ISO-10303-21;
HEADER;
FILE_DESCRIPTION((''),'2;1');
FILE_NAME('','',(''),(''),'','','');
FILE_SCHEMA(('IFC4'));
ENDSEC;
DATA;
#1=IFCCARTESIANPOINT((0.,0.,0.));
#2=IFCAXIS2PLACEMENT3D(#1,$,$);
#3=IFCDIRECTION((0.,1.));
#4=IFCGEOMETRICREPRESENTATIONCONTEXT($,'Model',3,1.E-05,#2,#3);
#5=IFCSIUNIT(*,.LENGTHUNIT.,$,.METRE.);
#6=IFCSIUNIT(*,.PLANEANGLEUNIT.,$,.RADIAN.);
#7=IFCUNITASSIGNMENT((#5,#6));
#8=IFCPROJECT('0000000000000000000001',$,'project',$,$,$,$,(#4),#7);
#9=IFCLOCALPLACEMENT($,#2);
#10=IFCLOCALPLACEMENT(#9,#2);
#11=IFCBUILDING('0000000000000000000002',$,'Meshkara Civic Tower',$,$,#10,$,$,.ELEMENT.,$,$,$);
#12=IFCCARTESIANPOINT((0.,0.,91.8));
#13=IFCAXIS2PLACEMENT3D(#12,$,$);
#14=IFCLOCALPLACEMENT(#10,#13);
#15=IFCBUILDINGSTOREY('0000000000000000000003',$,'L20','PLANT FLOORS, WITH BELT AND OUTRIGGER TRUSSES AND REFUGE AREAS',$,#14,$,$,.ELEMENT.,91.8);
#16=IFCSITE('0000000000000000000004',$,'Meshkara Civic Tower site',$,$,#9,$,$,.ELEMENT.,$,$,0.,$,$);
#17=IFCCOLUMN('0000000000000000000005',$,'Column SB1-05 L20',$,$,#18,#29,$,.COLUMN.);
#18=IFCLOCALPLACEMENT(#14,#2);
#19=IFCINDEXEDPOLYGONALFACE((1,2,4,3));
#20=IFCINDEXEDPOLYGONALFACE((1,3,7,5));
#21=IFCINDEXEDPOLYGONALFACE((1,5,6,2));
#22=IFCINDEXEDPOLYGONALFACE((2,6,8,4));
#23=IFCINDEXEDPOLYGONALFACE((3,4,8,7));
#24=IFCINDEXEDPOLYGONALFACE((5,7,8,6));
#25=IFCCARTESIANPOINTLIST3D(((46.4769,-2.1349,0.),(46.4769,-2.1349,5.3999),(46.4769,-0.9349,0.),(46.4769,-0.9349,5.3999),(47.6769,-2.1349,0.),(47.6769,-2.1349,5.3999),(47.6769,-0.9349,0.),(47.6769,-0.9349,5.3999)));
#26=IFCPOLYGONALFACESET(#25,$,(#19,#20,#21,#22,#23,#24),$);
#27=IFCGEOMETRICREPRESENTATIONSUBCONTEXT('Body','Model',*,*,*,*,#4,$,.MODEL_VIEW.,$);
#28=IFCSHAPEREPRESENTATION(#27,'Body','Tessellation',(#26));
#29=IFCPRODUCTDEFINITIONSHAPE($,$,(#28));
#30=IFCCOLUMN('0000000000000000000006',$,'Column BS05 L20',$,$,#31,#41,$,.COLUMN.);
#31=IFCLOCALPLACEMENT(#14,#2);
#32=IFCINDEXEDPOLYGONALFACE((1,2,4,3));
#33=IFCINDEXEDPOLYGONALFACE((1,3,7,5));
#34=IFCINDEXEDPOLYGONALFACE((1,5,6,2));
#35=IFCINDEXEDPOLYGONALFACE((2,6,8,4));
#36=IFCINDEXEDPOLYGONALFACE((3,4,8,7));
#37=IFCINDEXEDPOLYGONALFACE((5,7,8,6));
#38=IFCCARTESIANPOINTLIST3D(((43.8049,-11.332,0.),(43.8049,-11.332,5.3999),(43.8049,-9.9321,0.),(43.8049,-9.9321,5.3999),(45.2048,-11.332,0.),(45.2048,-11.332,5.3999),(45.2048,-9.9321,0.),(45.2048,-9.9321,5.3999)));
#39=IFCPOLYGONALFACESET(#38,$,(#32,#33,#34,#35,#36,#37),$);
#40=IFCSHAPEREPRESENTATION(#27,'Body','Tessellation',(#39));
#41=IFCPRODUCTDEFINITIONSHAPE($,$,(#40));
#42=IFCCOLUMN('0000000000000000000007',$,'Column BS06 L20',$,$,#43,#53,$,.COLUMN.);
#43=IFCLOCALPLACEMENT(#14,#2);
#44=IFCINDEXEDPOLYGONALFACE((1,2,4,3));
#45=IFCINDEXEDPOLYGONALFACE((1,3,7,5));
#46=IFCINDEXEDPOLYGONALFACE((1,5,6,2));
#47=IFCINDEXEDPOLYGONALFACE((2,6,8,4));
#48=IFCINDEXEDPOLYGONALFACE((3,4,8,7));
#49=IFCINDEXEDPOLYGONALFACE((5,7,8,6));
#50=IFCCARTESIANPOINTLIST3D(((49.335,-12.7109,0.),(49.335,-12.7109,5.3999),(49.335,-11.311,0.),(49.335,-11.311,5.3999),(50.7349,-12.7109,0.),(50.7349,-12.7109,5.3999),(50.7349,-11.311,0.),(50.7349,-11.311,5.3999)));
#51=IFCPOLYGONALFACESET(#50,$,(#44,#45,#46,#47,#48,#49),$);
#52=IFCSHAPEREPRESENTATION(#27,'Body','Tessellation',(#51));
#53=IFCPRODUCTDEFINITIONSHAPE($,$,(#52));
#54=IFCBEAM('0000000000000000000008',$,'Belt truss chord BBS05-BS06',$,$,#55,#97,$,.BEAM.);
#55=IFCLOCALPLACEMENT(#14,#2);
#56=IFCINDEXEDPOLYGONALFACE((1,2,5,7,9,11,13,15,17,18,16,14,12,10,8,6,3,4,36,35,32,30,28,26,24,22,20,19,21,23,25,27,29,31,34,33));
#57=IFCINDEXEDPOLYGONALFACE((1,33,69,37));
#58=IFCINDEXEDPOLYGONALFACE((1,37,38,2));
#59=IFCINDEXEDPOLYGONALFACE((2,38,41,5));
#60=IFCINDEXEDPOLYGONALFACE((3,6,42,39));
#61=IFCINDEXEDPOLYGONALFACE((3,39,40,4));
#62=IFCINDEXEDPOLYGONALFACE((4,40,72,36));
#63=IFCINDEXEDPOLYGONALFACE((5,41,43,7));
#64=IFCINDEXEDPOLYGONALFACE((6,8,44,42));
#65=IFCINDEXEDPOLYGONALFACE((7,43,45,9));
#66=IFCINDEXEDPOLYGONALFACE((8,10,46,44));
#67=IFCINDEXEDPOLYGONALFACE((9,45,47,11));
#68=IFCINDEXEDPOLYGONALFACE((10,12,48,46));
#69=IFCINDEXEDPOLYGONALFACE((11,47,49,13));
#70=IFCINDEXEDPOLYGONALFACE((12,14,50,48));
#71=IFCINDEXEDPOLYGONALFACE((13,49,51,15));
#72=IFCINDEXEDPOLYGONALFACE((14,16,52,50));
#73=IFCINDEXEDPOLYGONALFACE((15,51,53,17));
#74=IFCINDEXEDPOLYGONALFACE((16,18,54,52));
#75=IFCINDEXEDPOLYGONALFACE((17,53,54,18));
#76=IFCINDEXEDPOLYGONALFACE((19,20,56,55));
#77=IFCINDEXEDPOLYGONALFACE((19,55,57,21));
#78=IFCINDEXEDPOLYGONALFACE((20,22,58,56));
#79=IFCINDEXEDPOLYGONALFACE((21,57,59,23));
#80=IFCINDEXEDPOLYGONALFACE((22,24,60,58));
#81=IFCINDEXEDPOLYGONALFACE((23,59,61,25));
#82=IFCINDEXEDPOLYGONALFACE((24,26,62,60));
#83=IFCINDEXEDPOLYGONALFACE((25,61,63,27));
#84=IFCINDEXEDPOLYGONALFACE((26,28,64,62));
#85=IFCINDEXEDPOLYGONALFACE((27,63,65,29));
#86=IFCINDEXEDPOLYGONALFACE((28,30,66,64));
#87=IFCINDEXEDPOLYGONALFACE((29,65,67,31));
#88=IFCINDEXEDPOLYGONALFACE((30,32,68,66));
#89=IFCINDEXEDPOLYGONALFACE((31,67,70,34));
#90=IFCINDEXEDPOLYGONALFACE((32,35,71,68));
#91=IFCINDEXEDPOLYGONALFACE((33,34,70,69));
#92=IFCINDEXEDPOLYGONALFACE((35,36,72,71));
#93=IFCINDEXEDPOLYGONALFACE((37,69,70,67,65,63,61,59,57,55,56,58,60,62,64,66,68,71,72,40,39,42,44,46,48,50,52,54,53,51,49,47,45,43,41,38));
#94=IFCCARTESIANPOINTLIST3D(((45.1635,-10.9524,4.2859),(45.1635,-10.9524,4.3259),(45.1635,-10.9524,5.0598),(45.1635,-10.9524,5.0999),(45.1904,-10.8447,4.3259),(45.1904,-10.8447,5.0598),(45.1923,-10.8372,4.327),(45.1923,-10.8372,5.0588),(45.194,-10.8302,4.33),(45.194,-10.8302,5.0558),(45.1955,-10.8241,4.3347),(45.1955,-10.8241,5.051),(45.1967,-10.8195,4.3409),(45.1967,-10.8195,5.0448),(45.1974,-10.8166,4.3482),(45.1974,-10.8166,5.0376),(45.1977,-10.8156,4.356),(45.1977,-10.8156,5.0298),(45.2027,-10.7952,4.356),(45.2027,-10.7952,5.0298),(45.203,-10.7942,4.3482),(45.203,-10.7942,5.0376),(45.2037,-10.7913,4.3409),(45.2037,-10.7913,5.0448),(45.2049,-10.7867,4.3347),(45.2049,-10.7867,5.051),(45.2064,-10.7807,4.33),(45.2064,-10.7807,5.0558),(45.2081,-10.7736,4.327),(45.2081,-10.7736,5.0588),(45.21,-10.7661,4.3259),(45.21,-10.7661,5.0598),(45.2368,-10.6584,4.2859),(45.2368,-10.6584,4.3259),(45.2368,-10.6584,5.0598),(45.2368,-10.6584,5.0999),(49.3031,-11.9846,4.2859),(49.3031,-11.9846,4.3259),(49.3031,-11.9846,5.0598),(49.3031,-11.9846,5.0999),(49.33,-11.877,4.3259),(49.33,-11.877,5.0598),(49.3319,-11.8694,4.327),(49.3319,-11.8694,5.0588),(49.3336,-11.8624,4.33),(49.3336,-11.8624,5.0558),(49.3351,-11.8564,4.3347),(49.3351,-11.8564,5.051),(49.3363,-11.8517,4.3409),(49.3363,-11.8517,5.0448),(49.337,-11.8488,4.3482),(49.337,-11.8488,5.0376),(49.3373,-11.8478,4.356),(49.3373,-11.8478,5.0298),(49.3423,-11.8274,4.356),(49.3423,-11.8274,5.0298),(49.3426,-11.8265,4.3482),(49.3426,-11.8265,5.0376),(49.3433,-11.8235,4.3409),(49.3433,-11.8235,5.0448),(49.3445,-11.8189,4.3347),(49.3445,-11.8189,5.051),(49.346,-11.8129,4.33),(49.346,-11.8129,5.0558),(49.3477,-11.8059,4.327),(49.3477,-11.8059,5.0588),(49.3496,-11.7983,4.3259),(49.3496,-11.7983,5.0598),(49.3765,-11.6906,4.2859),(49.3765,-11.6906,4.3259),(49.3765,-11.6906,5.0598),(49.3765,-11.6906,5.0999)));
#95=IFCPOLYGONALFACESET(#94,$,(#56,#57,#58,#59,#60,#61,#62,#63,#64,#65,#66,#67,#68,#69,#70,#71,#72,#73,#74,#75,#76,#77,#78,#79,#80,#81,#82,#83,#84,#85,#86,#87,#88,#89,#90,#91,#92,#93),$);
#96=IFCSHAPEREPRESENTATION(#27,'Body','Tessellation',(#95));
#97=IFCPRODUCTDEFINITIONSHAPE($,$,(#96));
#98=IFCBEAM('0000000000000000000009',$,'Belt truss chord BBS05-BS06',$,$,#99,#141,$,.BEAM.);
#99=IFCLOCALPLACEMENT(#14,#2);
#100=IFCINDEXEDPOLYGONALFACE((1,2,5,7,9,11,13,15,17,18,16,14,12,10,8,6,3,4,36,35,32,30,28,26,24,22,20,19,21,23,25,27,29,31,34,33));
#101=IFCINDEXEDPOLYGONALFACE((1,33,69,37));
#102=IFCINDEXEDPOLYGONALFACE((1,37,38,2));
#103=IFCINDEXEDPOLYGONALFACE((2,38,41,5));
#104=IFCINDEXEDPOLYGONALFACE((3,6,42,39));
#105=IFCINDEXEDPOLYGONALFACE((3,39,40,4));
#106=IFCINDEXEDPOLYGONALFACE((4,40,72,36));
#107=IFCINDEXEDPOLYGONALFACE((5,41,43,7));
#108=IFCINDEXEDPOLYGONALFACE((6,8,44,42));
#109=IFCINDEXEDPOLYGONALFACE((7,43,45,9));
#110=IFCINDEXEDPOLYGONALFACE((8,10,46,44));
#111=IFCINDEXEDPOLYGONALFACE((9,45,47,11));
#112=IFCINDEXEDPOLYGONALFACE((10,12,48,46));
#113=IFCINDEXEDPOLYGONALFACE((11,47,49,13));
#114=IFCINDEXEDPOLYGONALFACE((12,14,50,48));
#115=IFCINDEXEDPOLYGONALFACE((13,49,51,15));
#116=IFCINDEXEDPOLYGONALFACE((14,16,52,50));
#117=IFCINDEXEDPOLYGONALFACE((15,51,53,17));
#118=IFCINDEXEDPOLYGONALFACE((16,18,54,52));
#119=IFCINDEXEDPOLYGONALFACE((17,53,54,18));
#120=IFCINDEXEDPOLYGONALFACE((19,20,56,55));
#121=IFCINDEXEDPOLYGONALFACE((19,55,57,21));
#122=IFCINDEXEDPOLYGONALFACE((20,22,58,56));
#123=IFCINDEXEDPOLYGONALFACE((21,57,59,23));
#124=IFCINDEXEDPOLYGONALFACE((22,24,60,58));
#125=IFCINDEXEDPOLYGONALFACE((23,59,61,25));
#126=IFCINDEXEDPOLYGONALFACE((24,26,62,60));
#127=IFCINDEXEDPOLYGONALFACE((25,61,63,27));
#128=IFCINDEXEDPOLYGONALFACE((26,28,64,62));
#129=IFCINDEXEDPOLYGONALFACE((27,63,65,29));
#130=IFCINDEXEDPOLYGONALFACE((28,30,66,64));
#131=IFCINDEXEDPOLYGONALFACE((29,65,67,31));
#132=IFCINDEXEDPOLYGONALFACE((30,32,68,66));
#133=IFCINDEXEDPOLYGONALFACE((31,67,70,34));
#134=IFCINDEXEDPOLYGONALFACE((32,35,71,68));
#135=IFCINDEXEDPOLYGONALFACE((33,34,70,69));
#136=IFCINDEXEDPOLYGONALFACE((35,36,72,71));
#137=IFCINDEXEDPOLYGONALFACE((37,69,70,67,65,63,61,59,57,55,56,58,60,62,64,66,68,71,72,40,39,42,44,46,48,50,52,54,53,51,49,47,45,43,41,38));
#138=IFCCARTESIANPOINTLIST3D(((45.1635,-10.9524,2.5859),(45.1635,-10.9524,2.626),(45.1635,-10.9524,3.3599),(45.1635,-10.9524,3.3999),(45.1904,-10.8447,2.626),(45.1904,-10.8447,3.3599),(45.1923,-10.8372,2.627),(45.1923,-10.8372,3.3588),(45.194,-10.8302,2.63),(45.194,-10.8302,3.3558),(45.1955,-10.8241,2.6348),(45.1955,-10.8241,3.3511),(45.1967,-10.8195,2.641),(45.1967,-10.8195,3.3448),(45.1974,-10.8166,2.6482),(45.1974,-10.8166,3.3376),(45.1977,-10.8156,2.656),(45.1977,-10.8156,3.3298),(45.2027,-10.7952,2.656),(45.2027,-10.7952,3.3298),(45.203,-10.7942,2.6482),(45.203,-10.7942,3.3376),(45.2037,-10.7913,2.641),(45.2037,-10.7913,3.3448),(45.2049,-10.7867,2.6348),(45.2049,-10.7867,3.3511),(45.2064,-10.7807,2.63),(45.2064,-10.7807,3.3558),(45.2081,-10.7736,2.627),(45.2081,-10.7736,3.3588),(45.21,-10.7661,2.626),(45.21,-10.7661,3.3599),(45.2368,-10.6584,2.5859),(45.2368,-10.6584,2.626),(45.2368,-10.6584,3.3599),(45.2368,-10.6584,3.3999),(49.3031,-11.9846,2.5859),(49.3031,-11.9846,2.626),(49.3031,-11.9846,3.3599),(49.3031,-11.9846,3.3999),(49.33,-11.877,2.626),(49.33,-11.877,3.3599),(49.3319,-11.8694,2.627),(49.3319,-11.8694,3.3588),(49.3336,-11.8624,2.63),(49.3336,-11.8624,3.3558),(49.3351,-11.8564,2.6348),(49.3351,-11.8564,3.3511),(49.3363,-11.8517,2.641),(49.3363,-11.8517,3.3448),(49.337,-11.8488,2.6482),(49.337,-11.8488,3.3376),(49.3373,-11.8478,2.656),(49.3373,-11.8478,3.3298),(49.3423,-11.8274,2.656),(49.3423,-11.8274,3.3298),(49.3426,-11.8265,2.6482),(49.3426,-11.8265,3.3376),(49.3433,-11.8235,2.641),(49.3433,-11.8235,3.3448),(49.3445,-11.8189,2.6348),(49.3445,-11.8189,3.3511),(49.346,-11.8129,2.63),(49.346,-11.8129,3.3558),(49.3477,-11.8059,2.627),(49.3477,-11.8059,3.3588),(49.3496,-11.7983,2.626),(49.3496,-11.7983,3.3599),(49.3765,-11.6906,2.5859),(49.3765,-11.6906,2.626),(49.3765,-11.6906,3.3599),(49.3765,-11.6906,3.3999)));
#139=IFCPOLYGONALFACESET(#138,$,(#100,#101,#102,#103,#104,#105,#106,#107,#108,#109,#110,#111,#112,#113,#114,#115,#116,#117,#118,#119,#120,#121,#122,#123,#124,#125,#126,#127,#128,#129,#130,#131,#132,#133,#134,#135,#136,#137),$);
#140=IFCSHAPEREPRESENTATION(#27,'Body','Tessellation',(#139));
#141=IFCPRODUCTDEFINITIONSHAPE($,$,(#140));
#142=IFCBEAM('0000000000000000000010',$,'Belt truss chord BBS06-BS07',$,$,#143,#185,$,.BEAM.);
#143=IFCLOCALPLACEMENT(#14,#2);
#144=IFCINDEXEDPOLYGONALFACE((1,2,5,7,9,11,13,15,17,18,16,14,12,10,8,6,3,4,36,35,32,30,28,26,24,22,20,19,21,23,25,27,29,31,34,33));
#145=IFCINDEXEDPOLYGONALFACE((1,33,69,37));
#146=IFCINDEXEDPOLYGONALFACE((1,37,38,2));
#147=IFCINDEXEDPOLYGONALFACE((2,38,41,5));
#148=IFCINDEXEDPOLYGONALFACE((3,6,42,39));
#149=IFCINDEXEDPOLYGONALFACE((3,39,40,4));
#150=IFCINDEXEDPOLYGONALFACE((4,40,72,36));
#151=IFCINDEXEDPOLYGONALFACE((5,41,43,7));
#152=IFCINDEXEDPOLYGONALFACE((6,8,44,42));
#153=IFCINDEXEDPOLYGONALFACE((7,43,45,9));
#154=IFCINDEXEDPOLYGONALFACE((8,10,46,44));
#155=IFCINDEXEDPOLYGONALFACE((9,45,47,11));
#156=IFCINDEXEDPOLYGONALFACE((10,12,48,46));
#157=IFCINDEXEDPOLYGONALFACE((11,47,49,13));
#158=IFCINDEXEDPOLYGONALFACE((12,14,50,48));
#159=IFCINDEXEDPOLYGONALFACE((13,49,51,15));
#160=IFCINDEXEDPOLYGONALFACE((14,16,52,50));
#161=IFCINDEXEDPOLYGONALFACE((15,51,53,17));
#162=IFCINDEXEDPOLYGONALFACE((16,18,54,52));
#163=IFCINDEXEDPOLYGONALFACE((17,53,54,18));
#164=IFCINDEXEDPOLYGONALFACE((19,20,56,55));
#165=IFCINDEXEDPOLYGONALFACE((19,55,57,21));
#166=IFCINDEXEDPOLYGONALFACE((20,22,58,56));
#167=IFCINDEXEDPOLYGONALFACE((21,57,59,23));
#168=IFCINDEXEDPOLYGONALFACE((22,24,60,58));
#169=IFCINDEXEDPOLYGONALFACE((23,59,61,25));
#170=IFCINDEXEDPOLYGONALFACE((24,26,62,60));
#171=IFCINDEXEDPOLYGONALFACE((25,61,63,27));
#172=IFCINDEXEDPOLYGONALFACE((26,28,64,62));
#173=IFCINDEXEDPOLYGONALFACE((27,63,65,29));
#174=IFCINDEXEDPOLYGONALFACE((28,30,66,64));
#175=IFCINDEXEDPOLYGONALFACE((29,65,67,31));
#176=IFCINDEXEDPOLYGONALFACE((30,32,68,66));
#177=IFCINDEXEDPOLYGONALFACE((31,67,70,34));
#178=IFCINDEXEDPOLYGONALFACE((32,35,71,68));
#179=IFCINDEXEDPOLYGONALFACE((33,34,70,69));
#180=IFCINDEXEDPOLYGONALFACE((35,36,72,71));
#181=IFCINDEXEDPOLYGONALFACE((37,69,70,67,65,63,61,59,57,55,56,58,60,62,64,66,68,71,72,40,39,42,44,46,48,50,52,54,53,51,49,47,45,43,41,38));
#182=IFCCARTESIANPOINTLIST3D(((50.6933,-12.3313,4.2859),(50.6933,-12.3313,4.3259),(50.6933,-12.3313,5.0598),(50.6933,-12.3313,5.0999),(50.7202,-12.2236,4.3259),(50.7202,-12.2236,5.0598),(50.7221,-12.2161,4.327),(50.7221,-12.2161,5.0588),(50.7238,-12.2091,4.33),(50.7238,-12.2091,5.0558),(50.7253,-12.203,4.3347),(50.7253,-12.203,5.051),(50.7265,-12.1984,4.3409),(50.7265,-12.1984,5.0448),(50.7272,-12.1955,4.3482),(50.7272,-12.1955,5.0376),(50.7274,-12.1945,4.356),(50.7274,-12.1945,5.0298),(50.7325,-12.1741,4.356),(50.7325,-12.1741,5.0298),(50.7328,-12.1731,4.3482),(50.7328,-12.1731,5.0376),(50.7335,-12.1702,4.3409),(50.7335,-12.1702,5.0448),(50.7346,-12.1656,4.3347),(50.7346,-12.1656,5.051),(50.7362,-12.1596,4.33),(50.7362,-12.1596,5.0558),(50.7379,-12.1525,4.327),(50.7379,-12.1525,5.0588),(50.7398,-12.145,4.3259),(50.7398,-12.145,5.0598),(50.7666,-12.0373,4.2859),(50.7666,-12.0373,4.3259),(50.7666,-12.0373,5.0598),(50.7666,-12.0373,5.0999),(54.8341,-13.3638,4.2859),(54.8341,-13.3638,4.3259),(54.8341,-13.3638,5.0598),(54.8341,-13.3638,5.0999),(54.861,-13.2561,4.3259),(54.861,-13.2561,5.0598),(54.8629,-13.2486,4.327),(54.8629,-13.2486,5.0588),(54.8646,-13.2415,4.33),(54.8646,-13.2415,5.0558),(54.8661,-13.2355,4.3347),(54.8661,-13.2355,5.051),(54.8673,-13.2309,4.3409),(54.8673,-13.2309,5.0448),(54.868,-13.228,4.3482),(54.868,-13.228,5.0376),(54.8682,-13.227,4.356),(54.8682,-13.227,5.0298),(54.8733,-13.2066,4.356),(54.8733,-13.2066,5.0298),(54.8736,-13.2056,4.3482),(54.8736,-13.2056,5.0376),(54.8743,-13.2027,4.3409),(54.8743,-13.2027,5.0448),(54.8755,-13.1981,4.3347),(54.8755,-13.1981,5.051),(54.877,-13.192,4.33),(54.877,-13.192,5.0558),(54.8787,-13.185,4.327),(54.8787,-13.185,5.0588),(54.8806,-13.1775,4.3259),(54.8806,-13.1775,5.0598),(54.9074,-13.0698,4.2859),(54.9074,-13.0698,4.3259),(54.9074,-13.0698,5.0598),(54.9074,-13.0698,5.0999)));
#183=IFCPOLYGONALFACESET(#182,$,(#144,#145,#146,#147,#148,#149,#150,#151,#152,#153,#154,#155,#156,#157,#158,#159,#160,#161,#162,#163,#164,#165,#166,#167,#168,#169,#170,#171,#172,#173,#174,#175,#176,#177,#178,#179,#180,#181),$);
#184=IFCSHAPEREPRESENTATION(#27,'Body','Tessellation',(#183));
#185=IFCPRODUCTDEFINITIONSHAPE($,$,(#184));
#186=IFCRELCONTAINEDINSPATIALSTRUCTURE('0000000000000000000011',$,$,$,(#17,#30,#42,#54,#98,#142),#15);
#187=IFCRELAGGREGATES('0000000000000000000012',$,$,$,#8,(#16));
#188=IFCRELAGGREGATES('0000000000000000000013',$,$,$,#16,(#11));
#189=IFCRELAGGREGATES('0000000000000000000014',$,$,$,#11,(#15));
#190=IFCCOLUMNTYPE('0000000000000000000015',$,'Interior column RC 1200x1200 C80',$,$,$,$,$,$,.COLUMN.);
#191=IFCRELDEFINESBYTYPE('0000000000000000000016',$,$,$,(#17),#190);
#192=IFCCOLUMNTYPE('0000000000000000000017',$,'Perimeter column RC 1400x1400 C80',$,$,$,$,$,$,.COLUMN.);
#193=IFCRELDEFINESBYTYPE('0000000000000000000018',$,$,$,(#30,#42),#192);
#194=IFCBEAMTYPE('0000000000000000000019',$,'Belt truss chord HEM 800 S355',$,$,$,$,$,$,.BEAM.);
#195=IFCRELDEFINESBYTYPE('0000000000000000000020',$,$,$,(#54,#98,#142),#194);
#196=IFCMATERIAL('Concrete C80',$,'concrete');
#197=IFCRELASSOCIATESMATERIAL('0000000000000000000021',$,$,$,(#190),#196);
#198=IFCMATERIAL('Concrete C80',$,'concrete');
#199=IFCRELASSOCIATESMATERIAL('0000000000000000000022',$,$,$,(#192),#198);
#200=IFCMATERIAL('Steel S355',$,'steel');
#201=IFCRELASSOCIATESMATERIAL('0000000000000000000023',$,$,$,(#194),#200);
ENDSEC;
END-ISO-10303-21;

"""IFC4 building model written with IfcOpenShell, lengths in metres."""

from ifc_helpers import new_model, si_unit, direction, frame, origin, origin_2d, place, context, subcontext, project, spatial, rectangle, i_section, extrude, material, material_profile, profile_set, type_object, element, save


model = new_model("IFC4")

# Units and contexts
model_context = context("Model", 3, precision=1e-05, world=origin(), true_north=direction((0.0, 1.0)))
body_context = subcontext(model_context, "Body", "Model", "MODEL_VIEW")
ifc_project = project(units=[si_unit("LENGTHUNIT", "METRE"), si_unit("PLANEANGLEUNIT", "RADIAN")], contexts=[model_context])

# Site, building, storey
site_placement = place(None, origin())
site = spatial("IfcSite", under=ifc_project, at=site_placement, Name="Meshkara Civic Tower site", CompositionType="ELEMENT", RefElevation=0.0)
building_placement = place(site_placement, origin())
building = spatial("IfcBuilding", under=site, at=building_placement, Name="Meshkara Civic Tower", CompositionType="ELEMENT")
storey_placement = place(building_placement, frame((0.0, 0.0, 91.8)))
storey = spatial("IfcBuildingStorey", under=building, at=storey_placement, Name="L20", Description="PLANT FLOORS, WITH BELT AND OUTRIGGER TRUSSES AND REFUGE AREAS", CompositionType="ELEMENT", Elevation=91.8)

# Columns
ifc_material_1 = material(Name="Concrete C80", Category="concrete")
ifc_material_profile_1 = material_profile(ifc_material_1, rectangle(XDim=1.2, YDim=1.2, at=origin_2d()))
ifc_profile_set_1 = profile_set([ifc_material_profile_1], Name="Concrete C80")
column_type_1 = type_object("IfcColumnType", Name="Interior column RC 1200x1200 C80", PredefinedType="COLUMN", material=ifc_profile_set_1)
column_placement = place(storey_placement, frame((47.0769, -1.5349, 0.0), z_axis=(0.0, 0.0, 1.0), x_axis=(1.0, 0.0, 0.0)))
element("IfcColumn", 1, at=column_placement, inside=storey, type_object=column_type_1, Name="Column SB1-05 L20", PredefinedType="COLUMN", context=body_context, shape_type="SweptSolid", body=[
    extrude(rectangle(XDim=1.2, YDim=1.2, at=origin_2d()), origin(), (0.0, 0.0, 1.0), 5.3999),
])
ifc_material_2 = material(Name="Concrete C80", Category="concrete")
ifc_material_profile_2 = material_profile(ifc_material_2, rectangle(XDim=1.3999, YDim=1.3999, at=origin_2d()))
ifc_profile_set_2 = profile_set([ifc_material_profile_2], Name="Concrete C80")
column_type_2 = type_object("IfcColumnType", Name="Perimeter column RC 1400x1400 C80", PredefinedType="COLUMN", material=ifc_profile_set_2)
for number, where, z_axis, x_axis, name in (
    (2, (44.5049, -10.6321, 0.0), (0.0, 0.0, 1.0), (1.0, 0.0, 0.0), "Column BS05 L20"),
    (3, (50.0349, -12.011, 0.0), (0.0, 0.0, 1.0), (1.0, 0.0, 0.0), "Column BS06 L20"),
):
    element("IfcColumn", number, at=place(storey_placement, frame(where, z_axis=z_axis, x_axis=x_axis)), inside=storey, type_object=column_type_2, Name=name, PredefinedType="COLUMN", context=body_context, shape_type="SweptSolid", body=[
        extrude(rectangle(XDim=1.3999, YDim=1.3999, at=origin_2d()), origin(), (0.0, 0.0, 1.0), 5.3999),
    ])

# Beams
ifc_material_3 = material(Name="Steel S355", Category="steel")
ifc_material_profile_3 = material_profile(ifc_material_3, i_section(OverallWidth=0.303, OverallDepth=0.814, WebThickness=0.021, FlangeThickness=0.04, FilletRadius=0.03, at=origin_2d()))
ifc_profile_set_3 = profile_set([ifc_material_profile_3], Name="Steel S355")
beam_type_1 = type_object("IfcBeamType", Name="Belt truss chord HEM 800 S355", PredefinedType="BEAM", material=ifc_profile_set_3)
for number, where, z_axis, x_axis, name in (
    (4, (45.2002, -10.8054, 4.6929), (0.97029, -0.241943, 0.0), (0.241943, 0.97029, 0.0), "Belt truss chord BBS05-BS06"),
    (5, (45.2002, -10.8054, 2.9929), (0.97029, -0.241943, 0.0), (0.241943, 0.97029, 0.0), "Belt truss chord BBS05-BS06"),
):
    element("IfcBeam", number, at=place(storey_placement, frame(where, z_axis=z_axis, x_axis=x_axis)), inside=storey, type_object=beam_type_1, Name=name, PredefinedType="BEAM", context=body_context, shape_type="SweptSolid", body=[
        extrude(i_section(OverallWidth=0.303, OverallDepth=0.814, WebThickness=0.021, FlangeThickness=0.04, FilletRadius=0.03, at=origin_2d()), origin(), (0.0, 0.0, 1.0), 4.2664),
    ])
for number, where, z_axis, x_axis, name in (
    (6, (50.73, -12.1843, 4.6929), (0.970294, -0.24193, 0.0), (0.24193, 0.970294, 0.0), "Belt truss chord BBS06-BS07"),
):
    element("IfcBeam", number, at=place(storey_placement, frame(where, z_axis=z_axis, x_axis=x_axis)), inside=storey, type_object=beam_type_1, Name=name, PredefinedType="BEAM", context=body_context, shape_type="SweptSolid", body=[
        extrude(i_section(OverallWidth=0.303, OverallDepth=0.814, WebThickness=0.021, FlangeThickness=0.04, FilletRadius=0.03, at=origin_2d()), origin(), (0.0, 0.0, 1.0), 4.2676),
    ])

save(model, "model.ifc")
